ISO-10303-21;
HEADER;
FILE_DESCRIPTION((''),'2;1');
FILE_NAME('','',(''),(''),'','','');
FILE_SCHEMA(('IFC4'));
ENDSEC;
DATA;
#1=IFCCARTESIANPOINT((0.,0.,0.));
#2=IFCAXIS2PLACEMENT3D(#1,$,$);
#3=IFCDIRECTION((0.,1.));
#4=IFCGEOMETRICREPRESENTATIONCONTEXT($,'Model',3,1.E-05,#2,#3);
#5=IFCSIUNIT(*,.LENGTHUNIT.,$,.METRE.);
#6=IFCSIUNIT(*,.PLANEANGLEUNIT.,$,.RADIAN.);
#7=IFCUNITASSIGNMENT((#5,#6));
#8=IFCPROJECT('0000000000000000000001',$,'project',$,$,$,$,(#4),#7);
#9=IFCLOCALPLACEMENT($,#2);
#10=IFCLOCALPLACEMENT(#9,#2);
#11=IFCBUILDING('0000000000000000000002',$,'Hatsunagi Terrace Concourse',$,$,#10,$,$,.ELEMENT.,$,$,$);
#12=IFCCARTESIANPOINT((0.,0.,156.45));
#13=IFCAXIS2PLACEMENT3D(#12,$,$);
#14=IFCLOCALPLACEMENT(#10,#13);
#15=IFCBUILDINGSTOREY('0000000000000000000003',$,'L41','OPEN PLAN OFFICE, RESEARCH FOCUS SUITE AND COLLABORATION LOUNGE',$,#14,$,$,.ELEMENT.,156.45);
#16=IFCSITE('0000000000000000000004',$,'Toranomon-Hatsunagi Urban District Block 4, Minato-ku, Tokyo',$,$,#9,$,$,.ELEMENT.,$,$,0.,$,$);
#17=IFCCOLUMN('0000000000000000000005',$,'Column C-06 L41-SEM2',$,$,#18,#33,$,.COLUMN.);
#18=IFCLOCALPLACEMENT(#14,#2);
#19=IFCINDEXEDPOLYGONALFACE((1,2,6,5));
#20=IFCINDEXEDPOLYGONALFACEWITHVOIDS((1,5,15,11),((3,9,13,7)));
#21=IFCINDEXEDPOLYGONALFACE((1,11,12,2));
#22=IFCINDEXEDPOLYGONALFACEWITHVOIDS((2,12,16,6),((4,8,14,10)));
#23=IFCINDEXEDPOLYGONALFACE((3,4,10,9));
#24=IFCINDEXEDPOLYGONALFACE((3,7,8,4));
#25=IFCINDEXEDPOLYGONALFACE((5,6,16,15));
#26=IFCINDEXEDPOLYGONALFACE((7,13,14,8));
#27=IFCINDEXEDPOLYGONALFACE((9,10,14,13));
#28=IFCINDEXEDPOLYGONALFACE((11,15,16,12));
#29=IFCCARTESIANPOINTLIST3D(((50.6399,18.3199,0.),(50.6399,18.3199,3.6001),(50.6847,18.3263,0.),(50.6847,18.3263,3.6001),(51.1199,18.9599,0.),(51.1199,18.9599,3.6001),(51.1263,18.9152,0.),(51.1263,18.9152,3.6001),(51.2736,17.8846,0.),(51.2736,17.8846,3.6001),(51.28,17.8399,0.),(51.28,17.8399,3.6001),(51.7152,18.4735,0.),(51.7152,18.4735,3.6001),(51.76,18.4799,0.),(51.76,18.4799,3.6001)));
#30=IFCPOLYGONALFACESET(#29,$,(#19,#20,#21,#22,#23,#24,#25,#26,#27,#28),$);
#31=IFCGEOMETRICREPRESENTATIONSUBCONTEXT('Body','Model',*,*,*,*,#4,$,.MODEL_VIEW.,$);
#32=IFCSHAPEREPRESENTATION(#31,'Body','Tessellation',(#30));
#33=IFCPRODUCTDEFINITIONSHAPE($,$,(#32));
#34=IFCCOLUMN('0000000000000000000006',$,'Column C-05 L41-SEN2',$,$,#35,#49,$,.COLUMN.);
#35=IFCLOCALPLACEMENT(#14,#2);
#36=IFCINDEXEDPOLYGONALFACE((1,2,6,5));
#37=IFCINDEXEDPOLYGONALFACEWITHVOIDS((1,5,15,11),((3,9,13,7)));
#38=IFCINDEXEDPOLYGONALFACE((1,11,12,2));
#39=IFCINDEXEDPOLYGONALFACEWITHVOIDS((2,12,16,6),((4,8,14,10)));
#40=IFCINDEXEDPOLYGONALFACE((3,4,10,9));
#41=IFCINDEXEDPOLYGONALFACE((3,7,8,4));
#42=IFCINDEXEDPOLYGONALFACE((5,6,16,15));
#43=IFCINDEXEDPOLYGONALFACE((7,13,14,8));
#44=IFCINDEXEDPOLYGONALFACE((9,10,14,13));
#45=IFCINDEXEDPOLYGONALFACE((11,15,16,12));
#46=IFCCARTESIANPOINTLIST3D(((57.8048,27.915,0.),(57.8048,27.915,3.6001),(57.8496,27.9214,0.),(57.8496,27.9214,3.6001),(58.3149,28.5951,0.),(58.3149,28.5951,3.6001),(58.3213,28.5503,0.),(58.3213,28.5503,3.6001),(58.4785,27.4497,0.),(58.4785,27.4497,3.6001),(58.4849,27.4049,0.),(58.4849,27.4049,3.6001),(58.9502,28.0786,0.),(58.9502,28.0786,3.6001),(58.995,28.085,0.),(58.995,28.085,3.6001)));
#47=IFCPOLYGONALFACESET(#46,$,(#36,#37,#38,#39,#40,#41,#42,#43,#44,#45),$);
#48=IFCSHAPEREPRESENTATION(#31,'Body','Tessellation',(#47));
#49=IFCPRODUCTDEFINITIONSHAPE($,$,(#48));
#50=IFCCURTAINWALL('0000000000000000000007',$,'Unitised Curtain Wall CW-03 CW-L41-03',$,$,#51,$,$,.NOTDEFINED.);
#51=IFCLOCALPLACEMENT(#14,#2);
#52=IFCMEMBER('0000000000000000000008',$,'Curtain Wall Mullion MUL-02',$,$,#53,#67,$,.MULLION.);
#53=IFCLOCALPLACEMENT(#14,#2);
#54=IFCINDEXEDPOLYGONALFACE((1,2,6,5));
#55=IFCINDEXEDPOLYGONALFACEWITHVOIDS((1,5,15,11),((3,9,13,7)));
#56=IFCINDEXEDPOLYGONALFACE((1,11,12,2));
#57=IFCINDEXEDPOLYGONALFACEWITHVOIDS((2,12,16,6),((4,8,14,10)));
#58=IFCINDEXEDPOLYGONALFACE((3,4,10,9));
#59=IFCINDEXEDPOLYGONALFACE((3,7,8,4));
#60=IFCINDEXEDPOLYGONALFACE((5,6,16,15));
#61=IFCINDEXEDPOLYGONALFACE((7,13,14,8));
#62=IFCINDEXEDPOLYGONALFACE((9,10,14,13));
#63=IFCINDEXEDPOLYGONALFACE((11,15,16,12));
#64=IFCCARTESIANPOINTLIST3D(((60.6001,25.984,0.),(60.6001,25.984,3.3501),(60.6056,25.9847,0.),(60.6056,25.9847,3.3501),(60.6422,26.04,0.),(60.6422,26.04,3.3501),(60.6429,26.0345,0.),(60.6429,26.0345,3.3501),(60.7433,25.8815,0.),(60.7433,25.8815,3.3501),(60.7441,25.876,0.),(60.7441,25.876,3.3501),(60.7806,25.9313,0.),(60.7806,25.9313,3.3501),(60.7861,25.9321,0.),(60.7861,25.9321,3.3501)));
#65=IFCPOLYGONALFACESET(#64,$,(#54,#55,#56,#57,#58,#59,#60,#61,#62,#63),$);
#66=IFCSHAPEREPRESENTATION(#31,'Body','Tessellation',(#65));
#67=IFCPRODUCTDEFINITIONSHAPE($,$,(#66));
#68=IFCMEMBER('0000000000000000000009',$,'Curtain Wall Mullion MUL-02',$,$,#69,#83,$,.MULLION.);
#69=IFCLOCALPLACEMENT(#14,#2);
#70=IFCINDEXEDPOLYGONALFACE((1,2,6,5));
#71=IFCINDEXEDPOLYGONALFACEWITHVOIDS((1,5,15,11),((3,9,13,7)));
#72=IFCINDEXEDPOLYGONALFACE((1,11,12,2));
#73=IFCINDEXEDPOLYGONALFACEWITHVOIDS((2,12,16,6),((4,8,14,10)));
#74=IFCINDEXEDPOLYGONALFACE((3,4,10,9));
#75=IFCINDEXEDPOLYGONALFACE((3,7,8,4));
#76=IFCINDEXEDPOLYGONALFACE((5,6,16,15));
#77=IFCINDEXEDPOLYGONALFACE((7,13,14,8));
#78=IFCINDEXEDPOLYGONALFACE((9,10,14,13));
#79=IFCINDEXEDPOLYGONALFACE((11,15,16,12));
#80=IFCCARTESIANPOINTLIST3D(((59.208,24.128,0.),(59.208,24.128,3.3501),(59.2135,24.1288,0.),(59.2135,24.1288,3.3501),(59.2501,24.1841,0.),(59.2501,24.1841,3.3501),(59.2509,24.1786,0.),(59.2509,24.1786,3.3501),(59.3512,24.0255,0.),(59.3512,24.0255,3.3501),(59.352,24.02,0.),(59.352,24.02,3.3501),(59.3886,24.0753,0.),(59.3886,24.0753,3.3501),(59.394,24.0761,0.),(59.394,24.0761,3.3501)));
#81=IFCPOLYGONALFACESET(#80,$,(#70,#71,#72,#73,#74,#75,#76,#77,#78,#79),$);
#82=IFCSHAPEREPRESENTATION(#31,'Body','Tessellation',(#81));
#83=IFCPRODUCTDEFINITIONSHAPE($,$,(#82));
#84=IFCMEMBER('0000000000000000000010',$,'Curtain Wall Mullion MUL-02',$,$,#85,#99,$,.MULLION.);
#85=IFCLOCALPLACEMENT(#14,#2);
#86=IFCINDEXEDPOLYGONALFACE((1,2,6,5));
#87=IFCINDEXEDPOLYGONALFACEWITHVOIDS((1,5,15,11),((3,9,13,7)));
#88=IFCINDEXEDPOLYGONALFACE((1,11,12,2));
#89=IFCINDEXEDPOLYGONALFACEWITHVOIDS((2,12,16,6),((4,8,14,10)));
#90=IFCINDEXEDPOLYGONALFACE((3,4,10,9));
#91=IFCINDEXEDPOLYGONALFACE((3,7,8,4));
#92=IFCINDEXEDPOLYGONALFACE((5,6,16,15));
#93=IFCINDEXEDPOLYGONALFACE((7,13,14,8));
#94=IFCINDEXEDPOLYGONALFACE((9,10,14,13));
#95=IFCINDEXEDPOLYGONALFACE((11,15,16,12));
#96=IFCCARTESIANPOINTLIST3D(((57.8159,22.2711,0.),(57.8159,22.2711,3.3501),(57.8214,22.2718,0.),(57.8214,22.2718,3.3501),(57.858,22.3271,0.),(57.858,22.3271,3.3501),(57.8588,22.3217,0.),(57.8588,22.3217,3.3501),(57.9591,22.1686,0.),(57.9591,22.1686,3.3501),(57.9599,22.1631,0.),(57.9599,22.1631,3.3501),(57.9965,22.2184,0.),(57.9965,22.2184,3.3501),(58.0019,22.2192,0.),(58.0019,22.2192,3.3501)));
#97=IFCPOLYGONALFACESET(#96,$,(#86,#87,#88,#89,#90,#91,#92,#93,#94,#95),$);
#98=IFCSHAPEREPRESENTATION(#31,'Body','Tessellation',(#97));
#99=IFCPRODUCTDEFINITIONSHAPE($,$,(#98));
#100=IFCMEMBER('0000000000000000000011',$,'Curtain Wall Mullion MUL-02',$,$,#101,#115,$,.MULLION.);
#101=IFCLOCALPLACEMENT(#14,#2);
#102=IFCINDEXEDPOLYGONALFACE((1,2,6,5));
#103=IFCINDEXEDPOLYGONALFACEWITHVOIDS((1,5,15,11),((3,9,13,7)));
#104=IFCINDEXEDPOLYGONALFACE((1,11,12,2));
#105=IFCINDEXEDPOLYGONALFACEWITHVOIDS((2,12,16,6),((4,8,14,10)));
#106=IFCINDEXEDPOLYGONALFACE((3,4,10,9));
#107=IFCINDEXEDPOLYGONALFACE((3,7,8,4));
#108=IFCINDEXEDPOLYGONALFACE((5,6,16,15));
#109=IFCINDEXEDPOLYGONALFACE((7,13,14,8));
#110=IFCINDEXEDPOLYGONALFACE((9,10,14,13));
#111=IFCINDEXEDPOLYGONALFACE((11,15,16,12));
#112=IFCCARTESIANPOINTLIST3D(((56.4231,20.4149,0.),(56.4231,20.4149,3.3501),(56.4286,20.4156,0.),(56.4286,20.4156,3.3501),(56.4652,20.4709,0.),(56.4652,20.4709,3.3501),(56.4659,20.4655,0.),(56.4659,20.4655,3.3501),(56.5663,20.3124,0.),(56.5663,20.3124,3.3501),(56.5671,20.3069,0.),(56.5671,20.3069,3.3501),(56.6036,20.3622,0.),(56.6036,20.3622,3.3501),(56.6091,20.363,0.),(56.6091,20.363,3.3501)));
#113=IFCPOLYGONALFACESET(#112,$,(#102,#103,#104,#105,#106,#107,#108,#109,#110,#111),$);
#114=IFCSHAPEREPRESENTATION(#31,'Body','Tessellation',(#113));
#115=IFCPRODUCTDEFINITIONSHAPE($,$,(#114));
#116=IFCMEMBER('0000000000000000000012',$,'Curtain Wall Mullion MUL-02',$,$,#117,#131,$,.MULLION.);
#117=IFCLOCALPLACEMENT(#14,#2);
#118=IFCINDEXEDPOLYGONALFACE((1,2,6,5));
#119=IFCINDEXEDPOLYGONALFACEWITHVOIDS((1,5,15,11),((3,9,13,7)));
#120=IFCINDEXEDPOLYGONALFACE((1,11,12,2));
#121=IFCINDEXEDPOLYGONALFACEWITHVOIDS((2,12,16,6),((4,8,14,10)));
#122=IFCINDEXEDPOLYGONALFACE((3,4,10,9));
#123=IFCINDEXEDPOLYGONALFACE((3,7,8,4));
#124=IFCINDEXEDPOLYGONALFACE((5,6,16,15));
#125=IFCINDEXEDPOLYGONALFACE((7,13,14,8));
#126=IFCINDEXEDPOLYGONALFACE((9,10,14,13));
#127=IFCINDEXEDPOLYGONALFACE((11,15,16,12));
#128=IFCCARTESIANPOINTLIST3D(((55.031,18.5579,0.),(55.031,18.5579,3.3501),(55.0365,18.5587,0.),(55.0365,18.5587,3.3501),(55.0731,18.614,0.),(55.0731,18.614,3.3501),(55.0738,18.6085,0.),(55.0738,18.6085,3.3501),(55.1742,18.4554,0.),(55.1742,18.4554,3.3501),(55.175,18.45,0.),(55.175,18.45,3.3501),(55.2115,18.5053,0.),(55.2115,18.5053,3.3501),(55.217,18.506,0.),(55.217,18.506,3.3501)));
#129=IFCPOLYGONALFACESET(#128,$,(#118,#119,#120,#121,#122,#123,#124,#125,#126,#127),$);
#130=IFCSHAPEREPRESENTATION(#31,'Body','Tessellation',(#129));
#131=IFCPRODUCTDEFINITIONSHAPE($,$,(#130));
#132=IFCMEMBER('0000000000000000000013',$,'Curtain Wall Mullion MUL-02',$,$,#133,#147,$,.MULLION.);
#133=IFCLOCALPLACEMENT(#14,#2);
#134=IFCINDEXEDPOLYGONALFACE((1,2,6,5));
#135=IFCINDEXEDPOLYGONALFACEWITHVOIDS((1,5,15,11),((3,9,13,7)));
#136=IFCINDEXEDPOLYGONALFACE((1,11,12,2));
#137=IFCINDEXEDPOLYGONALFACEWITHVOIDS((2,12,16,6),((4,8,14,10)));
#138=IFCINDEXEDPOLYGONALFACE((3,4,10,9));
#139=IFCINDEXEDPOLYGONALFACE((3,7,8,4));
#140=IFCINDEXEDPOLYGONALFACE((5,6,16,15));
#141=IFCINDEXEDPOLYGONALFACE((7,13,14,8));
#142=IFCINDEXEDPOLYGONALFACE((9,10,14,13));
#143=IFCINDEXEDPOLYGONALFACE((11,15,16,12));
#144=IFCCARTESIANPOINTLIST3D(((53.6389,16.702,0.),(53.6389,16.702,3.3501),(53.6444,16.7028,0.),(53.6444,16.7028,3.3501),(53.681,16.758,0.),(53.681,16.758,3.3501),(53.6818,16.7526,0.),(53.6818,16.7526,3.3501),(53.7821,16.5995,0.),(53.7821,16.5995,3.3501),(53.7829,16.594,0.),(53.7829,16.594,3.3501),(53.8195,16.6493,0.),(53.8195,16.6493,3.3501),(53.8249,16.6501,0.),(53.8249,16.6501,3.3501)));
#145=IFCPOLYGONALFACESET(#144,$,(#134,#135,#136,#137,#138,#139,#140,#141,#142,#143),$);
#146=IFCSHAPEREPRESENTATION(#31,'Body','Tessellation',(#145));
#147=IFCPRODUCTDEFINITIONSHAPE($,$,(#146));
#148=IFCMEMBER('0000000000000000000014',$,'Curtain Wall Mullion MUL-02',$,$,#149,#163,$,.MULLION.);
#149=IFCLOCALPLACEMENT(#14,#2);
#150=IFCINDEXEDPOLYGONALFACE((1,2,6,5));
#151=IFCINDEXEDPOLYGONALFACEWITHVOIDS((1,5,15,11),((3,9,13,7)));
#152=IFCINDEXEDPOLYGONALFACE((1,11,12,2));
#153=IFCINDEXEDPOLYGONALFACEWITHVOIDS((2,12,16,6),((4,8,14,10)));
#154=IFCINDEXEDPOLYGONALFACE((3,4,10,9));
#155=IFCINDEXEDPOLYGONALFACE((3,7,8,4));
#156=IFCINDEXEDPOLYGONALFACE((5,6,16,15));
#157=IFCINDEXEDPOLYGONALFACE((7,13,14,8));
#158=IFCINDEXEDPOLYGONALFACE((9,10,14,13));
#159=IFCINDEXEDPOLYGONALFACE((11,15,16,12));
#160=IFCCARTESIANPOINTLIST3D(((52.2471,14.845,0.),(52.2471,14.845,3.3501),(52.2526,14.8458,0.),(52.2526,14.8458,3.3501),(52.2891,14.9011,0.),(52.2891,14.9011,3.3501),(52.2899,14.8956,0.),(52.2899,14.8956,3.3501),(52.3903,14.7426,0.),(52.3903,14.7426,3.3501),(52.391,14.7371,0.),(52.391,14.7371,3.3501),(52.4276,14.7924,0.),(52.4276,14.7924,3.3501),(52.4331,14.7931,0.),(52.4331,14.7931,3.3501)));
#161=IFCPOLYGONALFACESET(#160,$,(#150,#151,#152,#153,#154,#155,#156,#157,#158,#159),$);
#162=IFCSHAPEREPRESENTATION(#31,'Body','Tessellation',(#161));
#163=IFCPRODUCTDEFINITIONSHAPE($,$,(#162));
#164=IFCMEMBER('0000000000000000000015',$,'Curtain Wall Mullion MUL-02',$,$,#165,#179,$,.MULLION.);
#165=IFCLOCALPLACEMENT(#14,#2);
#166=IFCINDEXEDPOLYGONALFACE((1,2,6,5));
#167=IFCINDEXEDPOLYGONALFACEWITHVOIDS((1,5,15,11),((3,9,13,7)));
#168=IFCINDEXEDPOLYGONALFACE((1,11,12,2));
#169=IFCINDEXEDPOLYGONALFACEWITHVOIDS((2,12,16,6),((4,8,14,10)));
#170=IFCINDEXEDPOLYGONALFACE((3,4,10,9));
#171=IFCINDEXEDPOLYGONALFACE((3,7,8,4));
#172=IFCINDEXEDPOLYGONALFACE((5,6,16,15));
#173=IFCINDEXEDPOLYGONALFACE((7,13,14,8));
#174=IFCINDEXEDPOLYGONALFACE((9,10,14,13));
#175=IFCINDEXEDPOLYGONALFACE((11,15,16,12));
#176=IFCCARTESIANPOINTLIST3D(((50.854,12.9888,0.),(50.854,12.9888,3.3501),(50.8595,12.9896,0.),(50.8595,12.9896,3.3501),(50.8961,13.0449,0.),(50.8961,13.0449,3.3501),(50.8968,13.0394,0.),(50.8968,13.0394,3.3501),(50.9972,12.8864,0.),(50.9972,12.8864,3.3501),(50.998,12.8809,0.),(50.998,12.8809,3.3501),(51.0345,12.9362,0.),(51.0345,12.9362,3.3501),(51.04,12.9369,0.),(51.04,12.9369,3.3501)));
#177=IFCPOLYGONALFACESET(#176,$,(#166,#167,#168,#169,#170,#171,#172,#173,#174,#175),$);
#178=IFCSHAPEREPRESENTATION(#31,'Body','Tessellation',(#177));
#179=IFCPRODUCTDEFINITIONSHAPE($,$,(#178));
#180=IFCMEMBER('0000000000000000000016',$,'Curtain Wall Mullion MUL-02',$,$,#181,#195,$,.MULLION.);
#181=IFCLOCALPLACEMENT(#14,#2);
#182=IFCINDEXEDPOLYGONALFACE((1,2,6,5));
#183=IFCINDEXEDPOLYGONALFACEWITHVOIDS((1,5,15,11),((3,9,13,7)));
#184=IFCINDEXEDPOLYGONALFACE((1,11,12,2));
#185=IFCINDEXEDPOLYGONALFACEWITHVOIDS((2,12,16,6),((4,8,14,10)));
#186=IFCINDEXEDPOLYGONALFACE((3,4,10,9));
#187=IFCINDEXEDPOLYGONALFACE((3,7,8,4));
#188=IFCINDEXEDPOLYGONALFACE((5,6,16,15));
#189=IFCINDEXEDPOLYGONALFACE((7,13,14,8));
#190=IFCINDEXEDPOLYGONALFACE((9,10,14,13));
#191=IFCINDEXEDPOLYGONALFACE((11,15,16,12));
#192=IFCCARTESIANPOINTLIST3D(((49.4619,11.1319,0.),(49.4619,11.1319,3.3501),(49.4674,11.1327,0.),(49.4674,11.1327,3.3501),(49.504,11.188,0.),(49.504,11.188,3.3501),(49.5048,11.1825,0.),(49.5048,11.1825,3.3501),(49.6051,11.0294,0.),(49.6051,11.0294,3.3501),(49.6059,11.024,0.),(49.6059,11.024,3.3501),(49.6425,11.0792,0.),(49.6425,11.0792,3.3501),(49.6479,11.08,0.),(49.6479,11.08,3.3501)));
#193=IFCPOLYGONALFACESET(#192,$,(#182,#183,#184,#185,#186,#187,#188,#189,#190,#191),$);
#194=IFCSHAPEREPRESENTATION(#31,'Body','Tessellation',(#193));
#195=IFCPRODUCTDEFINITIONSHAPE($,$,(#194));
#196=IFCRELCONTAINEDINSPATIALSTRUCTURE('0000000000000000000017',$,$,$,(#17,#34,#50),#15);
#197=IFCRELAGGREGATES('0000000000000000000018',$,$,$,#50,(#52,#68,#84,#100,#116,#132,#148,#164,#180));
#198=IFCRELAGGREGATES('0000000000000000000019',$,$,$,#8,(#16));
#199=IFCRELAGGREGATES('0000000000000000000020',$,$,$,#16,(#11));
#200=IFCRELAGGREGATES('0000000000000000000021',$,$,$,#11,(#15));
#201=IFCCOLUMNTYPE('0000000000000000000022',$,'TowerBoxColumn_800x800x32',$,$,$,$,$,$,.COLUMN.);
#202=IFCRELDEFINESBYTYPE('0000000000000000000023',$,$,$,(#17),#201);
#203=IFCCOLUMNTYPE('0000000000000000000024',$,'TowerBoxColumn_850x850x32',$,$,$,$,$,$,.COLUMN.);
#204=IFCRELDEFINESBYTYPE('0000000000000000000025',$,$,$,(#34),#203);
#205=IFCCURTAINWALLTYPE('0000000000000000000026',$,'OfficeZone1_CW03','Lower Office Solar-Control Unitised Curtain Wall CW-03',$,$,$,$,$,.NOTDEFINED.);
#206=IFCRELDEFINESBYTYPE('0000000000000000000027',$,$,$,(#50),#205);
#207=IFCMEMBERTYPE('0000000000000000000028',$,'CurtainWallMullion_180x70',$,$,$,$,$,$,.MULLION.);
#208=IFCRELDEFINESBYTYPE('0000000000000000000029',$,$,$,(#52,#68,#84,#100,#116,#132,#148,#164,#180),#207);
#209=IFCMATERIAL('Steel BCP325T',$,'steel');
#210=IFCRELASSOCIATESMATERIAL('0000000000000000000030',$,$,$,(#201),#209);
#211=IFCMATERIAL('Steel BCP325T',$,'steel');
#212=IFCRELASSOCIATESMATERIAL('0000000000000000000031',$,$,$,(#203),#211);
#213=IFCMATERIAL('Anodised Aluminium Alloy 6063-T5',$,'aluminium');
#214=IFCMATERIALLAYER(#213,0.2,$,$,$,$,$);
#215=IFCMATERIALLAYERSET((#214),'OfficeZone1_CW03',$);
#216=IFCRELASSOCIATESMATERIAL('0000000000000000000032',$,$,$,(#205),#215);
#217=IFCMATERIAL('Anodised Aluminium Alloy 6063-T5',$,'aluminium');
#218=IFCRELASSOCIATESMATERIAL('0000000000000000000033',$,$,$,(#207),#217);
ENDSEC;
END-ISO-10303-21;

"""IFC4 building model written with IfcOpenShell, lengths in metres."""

from ifc_helpers import new_model, si_unit, direction, frame, origin, origin_2d, place, context, subcontext, project, spatial, hollow_rectangle, extrude, material, layer, layer_set, material_profile, profile_set, type_object, element, aggregate, save


model = new_model("IFC4")

# Units and contexts
model_context = context("Model", 3, precision=1e-05, world=origin(), true_north=direction((0.0, 1.0)))
body_context = subcontext(model_context, "Body", "Model", "MODEL_VIEW")
ifc_project = project(units=[si_unit("LENGTHUNIT", "METRE"), si_unit("PLANEANGLEUNIT", "RADIAN")], contexts=[model_context])

# Site, building, storey
site_placement = place(None, origin())
site = spatial("IfcSite", under=ifc_project, at=site_placement, Name="Toranomon-Hatsunagi Urban District Block 4, Minato-ku, Tokyo", CompositionType="ELEMENT", RefElevation=0.0)
building_placement = place(site_placement, origin())
building = spatial("IfcBuilding", under=site, at=building_placement, Name="Hatsunagi Terrace Concourse", CompositionType="ELEMENT")
storey_placement = place(building_placement, frame((0.0, 0.0, 156.45)))
storey = spatial("IfcBuildingStorey", under=building, at=storey_placement, Name="L41", Description="OPEN PLAN OFFICE, RESEARCH FOCUS SUITE AND COLLABORATION LOUNGE", CompositionType="ELEMENT", Elevation=156.45)

# Columns
ifc_material_1 = material(Name="Steel BCP325T", Category="steel")
ifc_material_profile_1 = material_profile(ifc_material_1, hollow_rectangle(XDim=0.8, YDim=0.8, WallThickness=0.032, at=origin_2d()), Name="BCP-800x800x32")
ifc_profile_set_1 = profile_set([ifc_material_profile_1], Name="Steel BCP325T")
column_type_1 = type_object("IfcColumnType", Name="TowerBoxColumn_800x800x32", PredefinedType="COLUMN", material=ifc_profile_set_1)
column_1_placement = place(storey_placement, frame((51.2, 18.3999, 0.0), z_axis=(0.0, 0.0, 1.0), x_axis=(0.8, -0.6, 0.0)))
element("IfcColumn", 1, at=column_1_placement, inside=storey, type_object=column_type_1, Name="Column C-06 L41-SEM2", PredefinedType="COLUMN", context=body_context, shape_type="SweptSolid", body=[
    extrude(hollow_rectangle(XDim=0.8, YDim=0.8, WallThickness=0.032, at=origin_2d()), origin(), (0.0, 0.0, 1.0), 3.6001),
])
ifc_material_2 = material(Name="Steel BCP325T", Category="steel")
ifc_material_profile_2 = material_profile(ifc_material_2, hollow_rectangle(XDim=0.8501, YDim=0.8501, WallThickness=0.032, at=origin_2d()), Name="BCP-850x850x32")
ifc_profile_set_2 = profile_set([ifc_material_profile_2], Name="Steel BCP325T")
column_type_2 = type_object("IfcColumnType", Name="TowerBoxColumn_850x850x32", PredefinedType="COLUMN", material=ifc_profile_set_2)
column_2_placement = place(storey_placement, frame((58.3999, 28.0, 0.0), z_axis=(0.0, 0.0, 1.0), x_axis=(0.8, -0.6, 0.0)))
element("IfcColumn", 2, at=column_2_placement, inside=storey, type_object=column_type_2, Name="Column C-05 L41-SEN2", PredefinedType="COLUMN", context=body_context, shape_type="SweptSolid", body=[
    extrude(hollow_rectangle(XDim=0.8501, YDim=0.8501, WallThickness=0.032, at=origin_2d()), origin(), (0.0, 0.0, 1.0), 3.6001),
])

# Curtain wall, members
ifc_material_3 = material(Name="Anodised Aluminium Alloy 6063-T5", Category="aluminium")
ifc_layer_1 = layer(ifc_material_3, 0.2)
ifc_layer_set_1 = layer_set([ifc_layer_1], Name="OfficeZone1_CW03")
curtain_wall_type = type_object("IfcCurtainWallType", Name="OfficeZone1_CW03", Description="Lower Office Solar-Control Unitised Curtain Wall CW-03", PredefinedType="NOTDEFINED", material=ifc_layer_set_1)
curtain_wall_placement = place(storey_placement, origin())
curtain_wall = element("IfcCurtainWall", 3, at=curtain_wall_placement, inside=storey, type_object=curtain_wall_type, Name="Unitised Curtain Wall CW-03 CW-L41-03", PredefinedType="NOTDEFINED")
ifc_material_4 = material(Name="Anodised Aluminium Alloy 6063-T5", Category="aluminium")
ifc_material_profile_3 = material_profile(ifc_material_4, hollow_rectangle(XDim=0.0701, YDim=0.1799, WallThickness=0.0039, at=origin_2d()), Name="ALU-MUL-180x70x4")
ifc_profile_set_3 = profile_set([ifc_material_profile_3], Name="Anodised Aluminium Alloy 6063-T5")
member_type_1 = type_object("IfcMemberType", Name="CurtainWallMullion_180x70", PredefinedType="MULLION", material=ifc_profile_set_3)
member_1_placement = place(storey_placement, frame((60.6931, 25.958, 0.0), z_axis=(0.0, 0.0, 1.0), x_axis=(-0.599969, -0.800023, 0.0)))
member_1 = element("IfcMember", 4, at=member_1_placement, type_object=member_type_1, Name="Curtain Wall Mullion MUL-02", PredefinedType="MULLION", context=body_context, shape_type="SweptSolid", body=[
    extrude(hollow_rectangle(XDim=0.0701, YDim=0.1799, WallThickness=0.0039, at=origin_2d()), origin(), (0.0, 0.0, 1.0), 3.3501),
])
member_2_placement = place(storey_placement, frame((59.301, 24.1021, 0.0), z_axis=(0.0, 0.0, 1.0), x_axis=(-0.599969, -0.800023, 0.0)))
member_2 = element("IfcMember", 5, at=member_2_placement, type_object=member_type_1, Name="Curtain Wall Mullion MUL-02", PredefinedType="MULLION", context=body_context, shape_type="SweptSolid", body=[
    extrude(hollow_rectangle(XDim=0.0701, YDim=0.1799, WallThickness=0.0039, at=origin_2d()), origin(), (0.0, 0.0, 1.0), 3.3501),
])
member_3_placement = place(storey_placement, frame((57.9089, 22.2451, 0.0), z_axis=(0.0, 0.0, 1.0), x_axis=(-0.599969, -0.800023, 0.0)))
member_3 = element("IfcMember", 6, at=member_3_placement, type_object=member_type_1, Name="Curtain Wall Mullion MUL-02", PredefinedType="MULLION", context=body_context, shape_type="SweptSolid", body=[
    extrude(hollow_rectangle(XDim=0.0701, YDim=0.1799, WallThickness=0.0039, at=origin_2d()), origin(), (0.0, 0.0, 1.0), 3.3501),
])
member_4_placement = place(storey_placement, frame((56.5161, 20.3889, 0.0), z_axis=(0.0, 0.0, 1.0), x_axis=(-0.599969, -0.800023, 0.0)))
member_4 = element("IfcMember", 7, at=member_4_placement, type_object=member_type_1, Name="Curtain Wall Mullion MUL-02", PredefinedType="MULLION", context=body_context, shape_type="SweptSolid", body=[
    extrude(hollow_rectangle(XDim=0.0701, YDim=0.1799, WallThickness=0.0039, at=origin_2d()), origin(), (0.0, 0.0, 1.0), 3.3501),
])
member_5_placement = place(storey_placement, frame((55.124, 18.532, 0.0), z_axis=(0.0, 0.0, 1.0), x_axis=(-0.599969, -0.800023, 0.0)))
member_5 = element("IfcMember", 8, at=member_5_placement, type_object=member_type_1, Name="Curtain Wall Mullion MUL-02", PredefinedType="MULLION", context=body_context, shape_type="SweptSolid", body=[
    extrude(hollow_rectangle(XDim=0.0701, YDim=0.1799, WallThickness=0.0039, at=origin_2d()), origin(), (0.0, 0.0, 1.0), 3.3501),
])
member_6_placement = place(storey_placement, frame((53.7319, 16.676, 0.0), z_axis=(0.0, 0.0, 1.0), x_axis=(-0.599969, -0.800023, 0.0)))
member_6 = element("IfcMember", 9, at=member_6_placement, type_object=member_type_1, Name="Curtain Wall Mullion MUL-02", PredefinedType="MULLION", context=body_context, shape_type="SweptSolid", body=[
    extrude(hollow_rectangle(XDim=0.0701, YDim=0.1799, WallThickness=0.0039, at=origin_2d()), origin(), (0.0, 0.0, 1.0), 3.3501),
])
member_7_placement = place(storey_placement, frame((52.3401, 14.8191, 0.0), z_axis=(0.0, 0.0, 1.0), x_axis=(-0.599969, -0.800023, 0.0)))
member_7 = element("IfcMember", 10, at=member_7_placement, type_object=member_type_1, Name="Curtain Wall Mullion MUL-02", PredefinedType="MULLION", context=body_context, shape_type="SweptSolid", body=[
    extrude(hollow_rectangle(XDim=0.0701, YDim=0.1799, WallThickness=0.0039, at=origin_2d()), origin(), (0.0, 0.0, 1.0), 3.3501),
])
member_8_placement = place(storey_placement, frame((50.947, 12.9629, 0.0), z_axis=(0.0, 0.0, 1.0), x_axis=(-0.599969, -0.800023, 0.0)))
member_8 = element("IfcMember", 11, at=member_8_placement, type_object=member_type_1, Name="Curtain Wall Mullion MUL-02", PredefinedType="MULLION", context=body_context, shape_type="SweptSolid", body=[
    extrude(hollow_rectangle(XDim=0.0701, YDim=0.1799, WallThickness=0.0039, at=origin_2d()), origin(), (0.0, 0.0, 1.0), 3.3501),
])
member_9_placement = place(storey_placement, frame((49.5549, 11.106, 0.0), z_axis=(0.0, 0.0, 1.0), x_axis=(-0.599969, -0.800023, 0.0)))
member_9 = element("IfcMember", 12, at=member_9_placement, type_object=member_type_1, Name="Curtain Wall Mullion MUL-02", PredefinedType="MULLION", context=body_context, shape_type="SweptSolid", body=[
    extrude(hollow_rectangle(XDim=0.0701, YDim=0.1799, WallThickness=0.0039, at=origin_2d()), origin(), (0.0, 0.0, 1.0), 3.3501),
])

aggregate(curtain_wall, [member_1, member_2, member_3, member_4, member_5, member_6, member_7, member_8, member_9])

save(model, "model.ifc")
